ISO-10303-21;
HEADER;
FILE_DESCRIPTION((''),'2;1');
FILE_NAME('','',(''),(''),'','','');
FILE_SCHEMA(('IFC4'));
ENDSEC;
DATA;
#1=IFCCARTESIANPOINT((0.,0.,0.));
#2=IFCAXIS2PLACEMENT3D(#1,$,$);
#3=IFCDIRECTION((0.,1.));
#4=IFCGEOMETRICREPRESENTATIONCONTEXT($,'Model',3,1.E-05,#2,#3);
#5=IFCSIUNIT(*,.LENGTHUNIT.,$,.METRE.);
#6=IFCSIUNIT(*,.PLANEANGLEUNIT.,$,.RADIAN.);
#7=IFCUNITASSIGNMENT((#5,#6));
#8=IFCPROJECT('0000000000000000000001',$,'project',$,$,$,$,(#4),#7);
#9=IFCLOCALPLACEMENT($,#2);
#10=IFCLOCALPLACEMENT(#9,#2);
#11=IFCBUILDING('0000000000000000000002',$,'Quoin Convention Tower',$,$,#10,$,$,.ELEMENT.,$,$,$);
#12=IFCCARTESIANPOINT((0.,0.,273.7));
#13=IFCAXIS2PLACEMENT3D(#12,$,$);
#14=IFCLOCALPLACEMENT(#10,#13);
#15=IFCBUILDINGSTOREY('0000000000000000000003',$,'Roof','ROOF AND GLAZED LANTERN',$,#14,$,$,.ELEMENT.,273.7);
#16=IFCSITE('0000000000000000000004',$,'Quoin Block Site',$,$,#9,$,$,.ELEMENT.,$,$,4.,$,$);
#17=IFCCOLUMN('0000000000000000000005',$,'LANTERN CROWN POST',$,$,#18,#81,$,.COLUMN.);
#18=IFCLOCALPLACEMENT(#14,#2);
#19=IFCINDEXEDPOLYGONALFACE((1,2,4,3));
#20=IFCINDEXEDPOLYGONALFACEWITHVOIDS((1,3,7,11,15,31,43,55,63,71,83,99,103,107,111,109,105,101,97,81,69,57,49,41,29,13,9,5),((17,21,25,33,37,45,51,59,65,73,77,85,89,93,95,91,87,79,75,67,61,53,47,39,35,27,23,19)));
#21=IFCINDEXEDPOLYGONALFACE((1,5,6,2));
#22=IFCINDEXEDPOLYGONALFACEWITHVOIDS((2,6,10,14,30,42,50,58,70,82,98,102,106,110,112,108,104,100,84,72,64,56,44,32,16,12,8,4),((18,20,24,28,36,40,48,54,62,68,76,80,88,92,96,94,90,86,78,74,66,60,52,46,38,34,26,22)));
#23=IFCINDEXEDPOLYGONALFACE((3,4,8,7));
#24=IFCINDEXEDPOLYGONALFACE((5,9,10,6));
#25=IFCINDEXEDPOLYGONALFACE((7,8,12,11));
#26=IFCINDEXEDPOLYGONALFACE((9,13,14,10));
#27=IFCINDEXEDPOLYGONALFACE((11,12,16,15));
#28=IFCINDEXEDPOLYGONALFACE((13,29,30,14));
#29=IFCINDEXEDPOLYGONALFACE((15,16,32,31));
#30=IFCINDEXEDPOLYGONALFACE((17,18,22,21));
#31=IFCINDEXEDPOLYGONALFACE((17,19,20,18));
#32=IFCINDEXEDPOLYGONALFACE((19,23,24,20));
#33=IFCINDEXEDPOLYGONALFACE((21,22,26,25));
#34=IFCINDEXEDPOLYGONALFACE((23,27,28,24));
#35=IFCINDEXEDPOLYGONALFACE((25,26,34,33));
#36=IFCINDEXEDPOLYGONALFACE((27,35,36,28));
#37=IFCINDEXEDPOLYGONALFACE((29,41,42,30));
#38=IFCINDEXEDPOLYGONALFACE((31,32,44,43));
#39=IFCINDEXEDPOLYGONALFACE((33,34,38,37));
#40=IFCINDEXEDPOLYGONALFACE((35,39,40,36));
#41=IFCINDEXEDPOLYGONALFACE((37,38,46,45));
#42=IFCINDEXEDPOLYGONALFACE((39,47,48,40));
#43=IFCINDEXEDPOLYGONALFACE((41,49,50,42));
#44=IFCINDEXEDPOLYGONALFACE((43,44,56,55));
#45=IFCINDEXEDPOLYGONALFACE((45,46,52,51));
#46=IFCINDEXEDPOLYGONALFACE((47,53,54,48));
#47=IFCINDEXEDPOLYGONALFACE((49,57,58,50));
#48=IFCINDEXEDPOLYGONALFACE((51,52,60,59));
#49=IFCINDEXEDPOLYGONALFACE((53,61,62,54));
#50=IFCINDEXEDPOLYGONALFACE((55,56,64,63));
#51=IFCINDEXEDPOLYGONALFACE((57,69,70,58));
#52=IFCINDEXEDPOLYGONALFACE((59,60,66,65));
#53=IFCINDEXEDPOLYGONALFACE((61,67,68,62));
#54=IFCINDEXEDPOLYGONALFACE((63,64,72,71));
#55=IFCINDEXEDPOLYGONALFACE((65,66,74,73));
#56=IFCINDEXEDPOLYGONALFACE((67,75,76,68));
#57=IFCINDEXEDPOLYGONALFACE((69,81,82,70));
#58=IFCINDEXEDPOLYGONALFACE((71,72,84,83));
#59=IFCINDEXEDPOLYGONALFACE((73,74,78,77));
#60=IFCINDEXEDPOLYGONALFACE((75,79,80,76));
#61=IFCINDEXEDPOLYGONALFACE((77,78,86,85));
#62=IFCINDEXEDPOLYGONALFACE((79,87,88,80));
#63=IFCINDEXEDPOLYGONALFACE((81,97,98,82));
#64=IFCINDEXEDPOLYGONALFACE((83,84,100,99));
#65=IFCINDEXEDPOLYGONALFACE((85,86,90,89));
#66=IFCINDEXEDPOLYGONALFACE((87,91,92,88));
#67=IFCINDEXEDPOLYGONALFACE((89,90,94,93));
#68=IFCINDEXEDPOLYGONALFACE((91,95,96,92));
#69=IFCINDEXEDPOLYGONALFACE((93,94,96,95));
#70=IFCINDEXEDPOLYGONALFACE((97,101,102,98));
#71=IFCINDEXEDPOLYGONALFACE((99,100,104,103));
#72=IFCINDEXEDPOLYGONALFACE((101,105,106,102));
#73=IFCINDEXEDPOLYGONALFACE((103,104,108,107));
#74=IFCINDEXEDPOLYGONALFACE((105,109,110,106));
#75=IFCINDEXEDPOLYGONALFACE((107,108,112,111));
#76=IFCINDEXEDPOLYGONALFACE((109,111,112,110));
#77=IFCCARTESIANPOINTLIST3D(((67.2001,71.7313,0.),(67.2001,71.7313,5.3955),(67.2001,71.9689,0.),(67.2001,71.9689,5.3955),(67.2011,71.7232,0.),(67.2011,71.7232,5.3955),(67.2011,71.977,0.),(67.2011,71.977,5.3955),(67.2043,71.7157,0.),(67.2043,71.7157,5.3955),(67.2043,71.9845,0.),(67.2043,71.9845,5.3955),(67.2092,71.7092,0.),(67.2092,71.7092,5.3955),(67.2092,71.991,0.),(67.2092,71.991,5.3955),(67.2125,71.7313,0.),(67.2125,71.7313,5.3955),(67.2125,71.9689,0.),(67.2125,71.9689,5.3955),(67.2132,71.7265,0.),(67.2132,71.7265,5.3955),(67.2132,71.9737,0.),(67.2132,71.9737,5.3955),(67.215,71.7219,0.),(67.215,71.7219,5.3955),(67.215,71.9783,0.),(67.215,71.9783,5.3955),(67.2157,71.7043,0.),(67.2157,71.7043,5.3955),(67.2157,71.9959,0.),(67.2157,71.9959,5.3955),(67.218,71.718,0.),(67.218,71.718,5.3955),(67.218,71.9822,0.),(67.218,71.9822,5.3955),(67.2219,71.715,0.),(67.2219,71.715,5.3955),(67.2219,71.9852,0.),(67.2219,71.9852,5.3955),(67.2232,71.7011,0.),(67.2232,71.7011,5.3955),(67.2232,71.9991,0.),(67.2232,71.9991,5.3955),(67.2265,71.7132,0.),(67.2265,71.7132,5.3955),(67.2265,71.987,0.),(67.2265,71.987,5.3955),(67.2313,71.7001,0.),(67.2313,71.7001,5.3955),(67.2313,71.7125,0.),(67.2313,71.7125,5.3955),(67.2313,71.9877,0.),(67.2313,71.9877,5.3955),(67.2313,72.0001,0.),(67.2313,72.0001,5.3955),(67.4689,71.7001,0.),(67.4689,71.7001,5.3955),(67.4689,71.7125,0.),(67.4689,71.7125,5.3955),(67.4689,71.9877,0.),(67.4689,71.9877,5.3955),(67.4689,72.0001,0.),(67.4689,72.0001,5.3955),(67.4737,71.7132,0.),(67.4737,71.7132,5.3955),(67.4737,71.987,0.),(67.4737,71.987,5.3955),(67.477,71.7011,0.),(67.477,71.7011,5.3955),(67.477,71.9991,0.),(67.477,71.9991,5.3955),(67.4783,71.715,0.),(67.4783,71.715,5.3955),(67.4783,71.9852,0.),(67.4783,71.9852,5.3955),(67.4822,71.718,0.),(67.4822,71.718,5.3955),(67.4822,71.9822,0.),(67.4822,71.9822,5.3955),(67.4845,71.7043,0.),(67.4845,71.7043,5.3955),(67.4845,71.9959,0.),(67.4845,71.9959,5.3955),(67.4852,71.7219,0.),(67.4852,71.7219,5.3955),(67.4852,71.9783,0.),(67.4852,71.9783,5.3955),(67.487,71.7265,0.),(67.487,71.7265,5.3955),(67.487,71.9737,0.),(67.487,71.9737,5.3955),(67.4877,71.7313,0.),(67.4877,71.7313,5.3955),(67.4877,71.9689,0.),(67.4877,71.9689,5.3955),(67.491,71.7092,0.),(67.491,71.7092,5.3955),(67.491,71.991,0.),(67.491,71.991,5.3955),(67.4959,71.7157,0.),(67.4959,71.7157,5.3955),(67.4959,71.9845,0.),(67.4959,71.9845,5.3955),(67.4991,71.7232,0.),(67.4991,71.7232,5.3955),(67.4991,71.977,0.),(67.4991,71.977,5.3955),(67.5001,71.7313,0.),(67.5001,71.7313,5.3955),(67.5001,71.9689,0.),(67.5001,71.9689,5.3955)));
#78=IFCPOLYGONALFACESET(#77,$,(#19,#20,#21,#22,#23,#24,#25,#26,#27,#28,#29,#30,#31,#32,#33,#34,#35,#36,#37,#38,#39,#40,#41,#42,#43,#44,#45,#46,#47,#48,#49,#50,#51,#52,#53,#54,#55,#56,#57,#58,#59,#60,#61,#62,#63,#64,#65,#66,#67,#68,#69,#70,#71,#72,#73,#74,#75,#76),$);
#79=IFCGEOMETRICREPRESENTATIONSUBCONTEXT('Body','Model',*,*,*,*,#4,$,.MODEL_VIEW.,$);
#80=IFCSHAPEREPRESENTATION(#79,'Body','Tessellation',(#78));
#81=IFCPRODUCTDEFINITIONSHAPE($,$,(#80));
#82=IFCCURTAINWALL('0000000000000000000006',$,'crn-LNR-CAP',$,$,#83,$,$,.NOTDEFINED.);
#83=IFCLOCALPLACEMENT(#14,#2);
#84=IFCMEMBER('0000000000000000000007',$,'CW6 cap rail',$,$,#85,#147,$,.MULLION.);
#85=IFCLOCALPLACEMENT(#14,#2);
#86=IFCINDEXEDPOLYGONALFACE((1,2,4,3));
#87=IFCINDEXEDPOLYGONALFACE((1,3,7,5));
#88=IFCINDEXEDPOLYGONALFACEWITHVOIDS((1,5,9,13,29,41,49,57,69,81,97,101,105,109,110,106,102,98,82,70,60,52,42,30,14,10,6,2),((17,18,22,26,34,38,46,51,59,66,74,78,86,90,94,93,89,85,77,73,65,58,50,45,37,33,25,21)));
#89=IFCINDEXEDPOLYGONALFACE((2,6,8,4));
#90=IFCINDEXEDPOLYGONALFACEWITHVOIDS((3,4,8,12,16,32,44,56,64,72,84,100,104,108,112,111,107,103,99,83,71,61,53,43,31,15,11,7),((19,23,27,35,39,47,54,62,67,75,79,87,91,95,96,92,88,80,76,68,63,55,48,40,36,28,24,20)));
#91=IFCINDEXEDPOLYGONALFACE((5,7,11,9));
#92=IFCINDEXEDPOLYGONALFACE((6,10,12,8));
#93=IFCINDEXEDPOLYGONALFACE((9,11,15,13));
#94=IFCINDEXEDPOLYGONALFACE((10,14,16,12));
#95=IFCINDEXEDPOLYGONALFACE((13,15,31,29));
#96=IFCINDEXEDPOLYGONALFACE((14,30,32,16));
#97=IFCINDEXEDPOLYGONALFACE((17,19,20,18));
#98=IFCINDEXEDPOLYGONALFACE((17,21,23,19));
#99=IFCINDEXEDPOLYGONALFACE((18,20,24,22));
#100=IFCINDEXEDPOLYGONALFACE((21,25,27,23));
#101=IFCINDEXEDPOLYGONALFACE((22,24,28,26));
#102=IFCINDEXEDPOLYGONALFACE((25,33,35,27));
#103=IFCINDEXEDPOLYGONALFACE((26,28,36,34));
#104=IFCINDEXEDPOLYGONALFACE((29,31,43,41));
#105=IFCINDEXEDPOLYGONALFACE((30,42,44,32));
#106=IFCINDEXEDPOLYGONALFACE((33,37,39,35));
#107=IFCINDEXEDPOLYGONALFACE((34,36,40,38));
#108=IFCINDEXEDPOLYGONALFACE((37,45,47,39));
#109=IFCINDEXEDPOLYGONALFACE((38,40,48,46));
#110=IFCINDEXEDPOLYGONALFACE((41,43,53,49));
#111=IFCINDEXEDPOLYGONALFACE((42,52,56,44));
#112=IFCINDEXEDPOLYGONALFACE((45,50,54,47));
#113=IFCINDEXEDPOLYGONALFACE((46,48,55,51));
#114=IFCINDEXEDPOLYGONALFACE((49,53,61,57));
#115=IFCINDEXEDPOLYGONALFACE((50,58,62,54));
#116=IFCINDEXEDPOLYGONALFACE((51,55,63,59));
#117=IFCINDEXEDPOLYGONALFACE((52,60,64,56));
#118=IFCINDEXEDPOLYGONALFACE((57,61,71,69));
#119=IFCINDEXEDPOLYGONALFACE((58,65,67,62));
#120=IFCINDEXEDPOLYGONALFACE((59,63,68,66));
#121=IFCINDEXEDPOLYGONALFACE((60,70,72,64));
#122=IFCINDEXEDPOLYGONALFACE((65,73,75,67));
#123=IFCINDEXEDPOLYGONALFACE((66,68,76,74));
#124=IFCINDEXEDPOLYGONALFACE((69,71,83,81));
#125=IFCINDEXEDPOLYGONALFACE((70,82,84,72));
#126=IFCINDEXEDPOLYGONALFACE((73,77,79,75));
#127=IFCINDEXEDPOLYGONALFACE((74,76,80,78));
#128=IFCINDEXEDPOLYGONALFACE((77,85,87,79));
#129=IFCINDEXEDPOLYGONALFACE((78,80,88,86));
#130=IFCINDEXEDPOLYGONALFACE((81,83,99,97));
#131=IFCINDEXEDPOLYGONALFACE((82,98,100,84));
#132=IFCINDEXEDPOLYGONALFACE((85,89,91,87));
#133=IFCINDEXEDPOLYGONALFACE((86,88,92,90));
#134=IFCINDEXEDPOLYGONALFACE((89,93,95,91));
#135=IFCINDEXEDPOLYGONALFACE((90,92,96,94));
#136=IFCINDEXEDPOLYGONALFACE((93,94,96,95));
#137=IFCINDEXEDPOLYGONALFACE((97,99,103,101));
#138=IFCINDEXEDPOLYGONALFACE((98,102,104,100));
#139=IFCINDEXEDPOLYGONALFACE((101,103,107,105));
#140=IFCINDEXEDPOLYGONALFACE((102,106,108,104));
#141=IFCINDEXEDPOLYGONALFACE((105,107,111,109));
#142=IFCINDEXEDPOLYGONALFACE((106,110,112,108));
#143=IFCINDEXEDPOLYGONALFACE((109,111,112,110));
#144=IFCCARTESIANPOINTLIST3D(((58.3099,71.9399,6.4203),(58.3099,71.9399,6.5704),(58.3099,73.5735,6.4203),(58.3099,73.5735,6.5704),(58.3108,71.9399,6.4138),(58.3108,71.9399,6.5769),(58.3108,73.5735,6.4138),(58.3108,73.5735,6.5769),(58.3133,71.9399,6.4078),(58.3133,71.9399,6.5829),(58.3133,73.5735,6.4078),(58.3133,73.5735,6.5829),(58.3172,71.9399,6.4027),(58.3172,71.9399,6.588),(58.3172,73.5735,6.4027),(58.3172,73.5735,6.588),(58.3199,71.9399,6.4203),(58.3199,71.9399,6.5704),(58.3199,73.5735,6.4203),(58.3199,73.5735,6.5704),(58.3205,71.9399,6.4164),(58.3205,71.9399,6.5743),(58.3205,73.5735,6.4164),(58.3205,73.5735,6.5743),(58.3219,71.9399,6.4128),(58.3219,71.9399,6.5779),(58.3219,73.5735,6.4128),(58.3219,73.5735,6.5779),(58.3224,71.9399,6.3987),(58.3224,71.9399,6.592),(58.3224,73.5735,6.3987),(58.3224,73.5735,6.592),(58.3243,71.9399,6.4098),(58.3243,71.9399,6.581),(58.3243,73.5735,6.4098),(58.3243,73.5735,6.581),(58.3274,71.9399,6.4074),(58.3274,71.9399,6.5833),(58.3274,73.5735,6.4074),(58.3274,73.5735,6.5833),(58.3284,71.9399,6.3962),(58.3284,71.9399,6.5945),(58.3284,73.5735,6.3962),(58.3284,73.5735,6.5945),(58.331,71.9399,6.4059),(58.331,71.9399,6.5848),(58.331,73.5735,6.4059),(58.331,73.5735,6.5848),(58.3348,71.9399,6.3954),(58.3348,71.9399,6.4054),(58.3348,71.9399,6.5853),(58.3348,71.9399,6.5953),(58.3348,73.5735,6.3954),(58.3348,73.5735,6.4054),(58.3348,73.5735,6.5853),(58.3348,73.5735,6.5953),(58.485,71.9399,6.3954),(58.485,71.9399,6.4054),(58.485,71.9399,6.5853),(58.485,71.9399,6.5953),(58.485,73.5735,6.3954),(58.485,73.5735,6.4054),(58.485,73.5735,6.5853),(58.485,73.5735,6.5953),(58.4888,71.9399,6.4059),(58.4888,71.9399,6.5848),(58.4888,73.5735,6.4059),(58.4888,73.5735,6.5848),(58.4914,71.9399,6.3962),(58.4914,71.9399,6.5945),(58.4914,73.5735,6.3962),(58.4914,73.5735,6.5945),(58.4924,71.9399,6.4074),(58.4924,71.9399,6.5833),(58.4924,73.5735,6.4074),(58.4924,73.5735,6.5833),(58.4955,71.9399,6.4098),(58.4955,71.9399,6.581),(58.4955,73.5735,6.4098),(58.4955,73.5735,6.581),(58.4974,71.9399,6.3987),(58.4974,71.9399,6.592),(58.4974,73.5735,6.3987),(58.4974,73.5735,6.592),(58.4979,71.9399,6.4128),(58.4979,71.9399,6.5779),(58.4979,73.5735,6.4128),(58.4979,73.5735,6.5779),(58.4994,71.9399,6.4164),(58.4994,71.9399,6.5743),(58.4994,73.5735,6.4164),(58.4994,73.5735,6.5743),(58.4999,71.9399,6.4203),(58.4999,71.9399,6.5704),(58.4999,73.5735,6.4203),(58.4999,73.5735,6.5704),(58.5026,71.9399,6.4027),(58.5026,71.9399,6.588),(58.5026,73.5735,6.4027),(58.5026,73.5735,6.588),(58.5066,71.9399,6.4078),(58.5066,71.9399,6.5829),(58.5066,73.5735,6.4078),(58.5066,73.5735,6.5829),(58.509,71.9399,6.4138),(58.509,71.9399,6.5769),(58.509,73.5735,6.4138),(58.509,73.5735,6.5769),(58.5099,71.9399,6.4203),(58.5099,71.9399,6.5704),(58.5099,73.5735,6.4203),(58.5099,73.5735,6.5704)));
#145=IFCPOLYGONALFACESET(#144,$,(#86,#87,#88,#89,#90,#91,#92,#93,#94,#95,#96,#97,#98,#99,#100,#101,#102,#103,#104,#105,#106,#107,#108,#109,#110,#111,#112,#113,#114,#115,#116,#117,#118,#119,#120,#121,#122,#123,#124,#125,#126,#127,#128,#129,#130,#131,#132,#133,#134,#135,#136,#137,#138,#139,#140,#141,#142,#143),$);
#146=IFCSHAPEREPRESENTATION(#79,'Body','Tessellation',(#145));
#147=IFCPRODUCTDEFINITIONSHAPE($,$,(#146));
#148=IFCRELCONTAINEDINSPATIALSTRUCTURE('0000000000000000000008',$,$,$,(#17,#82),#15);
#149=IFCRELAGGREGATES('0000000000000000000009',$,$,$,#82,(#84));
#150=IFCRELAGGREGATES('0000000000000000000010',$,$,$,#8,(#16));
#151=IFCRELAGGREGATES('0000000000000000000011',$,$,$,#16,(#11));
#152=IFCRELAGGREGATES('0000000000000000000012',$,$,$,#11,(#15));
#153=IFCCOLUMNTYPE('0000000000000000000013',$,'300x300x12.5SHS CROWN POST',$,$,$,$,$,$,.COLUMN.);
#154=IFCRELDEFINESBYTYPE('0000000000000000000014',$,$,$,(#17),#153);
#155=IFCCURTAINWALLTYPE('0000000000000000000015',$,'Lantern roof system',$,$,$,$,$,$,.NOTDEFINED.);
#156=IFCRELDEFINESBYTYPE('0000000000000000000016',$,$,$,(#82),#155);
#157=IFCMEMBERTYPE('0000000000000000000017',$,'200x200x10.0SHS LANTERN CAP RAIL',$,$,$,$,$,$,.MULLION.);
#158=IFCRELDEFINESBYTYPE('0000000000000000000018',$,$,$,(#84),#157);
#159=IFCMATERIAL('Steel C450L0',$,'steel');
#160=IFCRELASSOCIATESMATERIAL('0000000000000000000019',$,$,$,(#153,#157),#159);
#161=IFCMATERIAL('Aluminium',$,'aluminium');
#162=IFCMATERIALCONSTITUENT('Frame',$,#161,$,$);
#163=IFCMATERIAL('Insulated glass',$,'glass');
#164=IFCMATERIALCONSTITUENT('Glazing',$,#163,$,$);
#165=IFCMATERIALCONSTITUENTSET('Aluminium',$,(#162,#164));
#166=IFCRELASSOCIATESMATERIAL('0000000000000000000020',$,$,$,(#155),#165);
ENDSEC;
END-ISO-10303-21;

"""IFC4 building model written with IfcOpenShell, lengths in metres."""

from ifc_helpers import new_model, si_unit, direction, frame, origin, origin_2d, place, context, subcontext, project, spatial, hollow_rectangle, extrude, material, constituent, constituent_set, material_profile, profile_set, type_object, element, aggregate, save


model = new_model("IFC4")

# Units and contexts
model_context = context("Model", 3, precision=1e-05, world=origin(), true_north=direction((0.0, 1.0)))
body_context = subcontext(model_context, "Body", "Model", "MODEL_VIEW")
ifc_project = project(units=[si_unit("LENGTHUNIT", "METRE"), si_unit("PLANEANGLEUNIT", "RADIAN")], contexts=[model_context])

# Site, building, storey
site_placement = place(None, origin())
site = spatial("IfcSite", under=ifc_project, at=site_placement, Name="Quoin Block Site", CompositionType="ELEMENT", RefElevation=4.0)
building_placement = place(site_placement, origin())
building = spatial("IfcBuilding", under=site, at=building_placement, Name="Quoin Convention Tower", CompositionType="ELEMENT")
storey_placement = place(building_placement, frame((0.0, 0.0, 273.7)))
storey = spatial("IfcBuildingStorey", under=building, at=storey_placement, Name="Roof", Description="ROOF AND GLAZED LANTERN", CompositionType="ELEMENT", Elevation=273.7)

# Column
ifc_material_1 = material(Name="Steel C450L0", Category="steel")
ifc_material_profile_1 = material_profile(ifc_material_1, hollow_rectangle(XDim=0.3, YDim=0.3, WallThickness=0.0125, InnerFilletRadius=0.0188, OuterFilletRadius=0.0312, at=origin_2d()), Name="300x300x12.5SHS")
ifc_profile_set_1 = profile_set([ifc_material_profile_1], Name="Steel C450L0")
column_type = type_object("IfcColumnType", Name="300x300x12.5SHS CROWN POST", PredefinedType="COLUMN", material=ifc_profile_set_1)
column_placement = place(storey_placement, frame((67.3501, 71.8501, 0.0), z_axis=(0.0, 0.0, 1.0), x_axis=(1.0, 0.0, 0.0)))
element("IfcColumn", 1, at=column_placement, inside=storey, type_object=column_type, Name="LANTERN CROWN POST", PredefinedType="COLUMN", context=body_context, shape_type="SweptSolid", body=[
    extrude(hollow_rectangle(XDim=0.3, YDim=0.3, WallThickness=0.0125, InnerFilletRadius=0.0188, OuterFilletRadius=0.0312, at=origin_2d()), origin(), (0.0, 0.0, 1.0), 5.3955),
])

# Curtain wall, member
ifc_material_2 = material(Name="Aluminium", Category="aluminium")
ifc_constituent_1 = constituent(ifc_material_2, Name="Frame")
ifc_material_3 = material(Name="Insulated glass", Category="glass")
ifc_constituent_2 = constituent(ifc_material_3, Name="Glazing")
ifc_constituent_set = constituent_set(constituents=[ifc_constituent_1, ifc_constituent_2], Name="Aluminium")
curtain_wall_type = type_object("IfcCurtainWallType", Name="Lantern roof system", PredefinedType="NOTDEFINED", material=ifc_constituent_set)
curtain_wall_placement = place(storey_placement, origin())
curtain_wall = element("IfcCurtainWall", 2, at=curtain_wall_placement, inside=storey, type_object=curtain_wall_type, Name="crn-LNR-CAP", PredefinedType="NOTDEFINED")
ifc_material_profile_2 = material_profile(ifc_material_1, hollow_rectangle(XDim=0.2, YDim=0.2, WallThickness=0.01, InnerFilletRadius=0.0149, OuterFilletRadius=0.0249, at=origin_2d()), Name="200x200x10.0SHS")
ifc_profile_set_2 = profile_set([ifc_material_profile_2], Name="Steel C450L0")
member_type_1 = type_object("IfcMemberType", Name="200x200x10.0SHS LANTERN CAP RAIL", PredefinedType="MULLION", material=ifc_profile_set_2)
member_1_placement = place(storey_placement, frame((58.4099, 71.9399, 6.4954), z_axis=(0.0, 1.0, 0.0), x_axis=(-1.0, 0.0, 0.0)))
member_1 = element("IfcMember", 3, at=member_1_placement, type_object=member_type_1, Name="CW6 cap rail", PredefinedType="MULLION", context=body_context, shape_type="SweptSolid", body=[
    extrude(hollow_rectangle(XDim=0.2, YDim=0.2, WallThickness=0.01, InnerFilletRadius=0.0149, OuterFilletRadius=0.0249, at=origin_2d()), origin(), (0.0, 0.0, 1.0), 1.6335),
])
aggregate(curtain_wall, [member_1])

save(model, "model.ifc")
